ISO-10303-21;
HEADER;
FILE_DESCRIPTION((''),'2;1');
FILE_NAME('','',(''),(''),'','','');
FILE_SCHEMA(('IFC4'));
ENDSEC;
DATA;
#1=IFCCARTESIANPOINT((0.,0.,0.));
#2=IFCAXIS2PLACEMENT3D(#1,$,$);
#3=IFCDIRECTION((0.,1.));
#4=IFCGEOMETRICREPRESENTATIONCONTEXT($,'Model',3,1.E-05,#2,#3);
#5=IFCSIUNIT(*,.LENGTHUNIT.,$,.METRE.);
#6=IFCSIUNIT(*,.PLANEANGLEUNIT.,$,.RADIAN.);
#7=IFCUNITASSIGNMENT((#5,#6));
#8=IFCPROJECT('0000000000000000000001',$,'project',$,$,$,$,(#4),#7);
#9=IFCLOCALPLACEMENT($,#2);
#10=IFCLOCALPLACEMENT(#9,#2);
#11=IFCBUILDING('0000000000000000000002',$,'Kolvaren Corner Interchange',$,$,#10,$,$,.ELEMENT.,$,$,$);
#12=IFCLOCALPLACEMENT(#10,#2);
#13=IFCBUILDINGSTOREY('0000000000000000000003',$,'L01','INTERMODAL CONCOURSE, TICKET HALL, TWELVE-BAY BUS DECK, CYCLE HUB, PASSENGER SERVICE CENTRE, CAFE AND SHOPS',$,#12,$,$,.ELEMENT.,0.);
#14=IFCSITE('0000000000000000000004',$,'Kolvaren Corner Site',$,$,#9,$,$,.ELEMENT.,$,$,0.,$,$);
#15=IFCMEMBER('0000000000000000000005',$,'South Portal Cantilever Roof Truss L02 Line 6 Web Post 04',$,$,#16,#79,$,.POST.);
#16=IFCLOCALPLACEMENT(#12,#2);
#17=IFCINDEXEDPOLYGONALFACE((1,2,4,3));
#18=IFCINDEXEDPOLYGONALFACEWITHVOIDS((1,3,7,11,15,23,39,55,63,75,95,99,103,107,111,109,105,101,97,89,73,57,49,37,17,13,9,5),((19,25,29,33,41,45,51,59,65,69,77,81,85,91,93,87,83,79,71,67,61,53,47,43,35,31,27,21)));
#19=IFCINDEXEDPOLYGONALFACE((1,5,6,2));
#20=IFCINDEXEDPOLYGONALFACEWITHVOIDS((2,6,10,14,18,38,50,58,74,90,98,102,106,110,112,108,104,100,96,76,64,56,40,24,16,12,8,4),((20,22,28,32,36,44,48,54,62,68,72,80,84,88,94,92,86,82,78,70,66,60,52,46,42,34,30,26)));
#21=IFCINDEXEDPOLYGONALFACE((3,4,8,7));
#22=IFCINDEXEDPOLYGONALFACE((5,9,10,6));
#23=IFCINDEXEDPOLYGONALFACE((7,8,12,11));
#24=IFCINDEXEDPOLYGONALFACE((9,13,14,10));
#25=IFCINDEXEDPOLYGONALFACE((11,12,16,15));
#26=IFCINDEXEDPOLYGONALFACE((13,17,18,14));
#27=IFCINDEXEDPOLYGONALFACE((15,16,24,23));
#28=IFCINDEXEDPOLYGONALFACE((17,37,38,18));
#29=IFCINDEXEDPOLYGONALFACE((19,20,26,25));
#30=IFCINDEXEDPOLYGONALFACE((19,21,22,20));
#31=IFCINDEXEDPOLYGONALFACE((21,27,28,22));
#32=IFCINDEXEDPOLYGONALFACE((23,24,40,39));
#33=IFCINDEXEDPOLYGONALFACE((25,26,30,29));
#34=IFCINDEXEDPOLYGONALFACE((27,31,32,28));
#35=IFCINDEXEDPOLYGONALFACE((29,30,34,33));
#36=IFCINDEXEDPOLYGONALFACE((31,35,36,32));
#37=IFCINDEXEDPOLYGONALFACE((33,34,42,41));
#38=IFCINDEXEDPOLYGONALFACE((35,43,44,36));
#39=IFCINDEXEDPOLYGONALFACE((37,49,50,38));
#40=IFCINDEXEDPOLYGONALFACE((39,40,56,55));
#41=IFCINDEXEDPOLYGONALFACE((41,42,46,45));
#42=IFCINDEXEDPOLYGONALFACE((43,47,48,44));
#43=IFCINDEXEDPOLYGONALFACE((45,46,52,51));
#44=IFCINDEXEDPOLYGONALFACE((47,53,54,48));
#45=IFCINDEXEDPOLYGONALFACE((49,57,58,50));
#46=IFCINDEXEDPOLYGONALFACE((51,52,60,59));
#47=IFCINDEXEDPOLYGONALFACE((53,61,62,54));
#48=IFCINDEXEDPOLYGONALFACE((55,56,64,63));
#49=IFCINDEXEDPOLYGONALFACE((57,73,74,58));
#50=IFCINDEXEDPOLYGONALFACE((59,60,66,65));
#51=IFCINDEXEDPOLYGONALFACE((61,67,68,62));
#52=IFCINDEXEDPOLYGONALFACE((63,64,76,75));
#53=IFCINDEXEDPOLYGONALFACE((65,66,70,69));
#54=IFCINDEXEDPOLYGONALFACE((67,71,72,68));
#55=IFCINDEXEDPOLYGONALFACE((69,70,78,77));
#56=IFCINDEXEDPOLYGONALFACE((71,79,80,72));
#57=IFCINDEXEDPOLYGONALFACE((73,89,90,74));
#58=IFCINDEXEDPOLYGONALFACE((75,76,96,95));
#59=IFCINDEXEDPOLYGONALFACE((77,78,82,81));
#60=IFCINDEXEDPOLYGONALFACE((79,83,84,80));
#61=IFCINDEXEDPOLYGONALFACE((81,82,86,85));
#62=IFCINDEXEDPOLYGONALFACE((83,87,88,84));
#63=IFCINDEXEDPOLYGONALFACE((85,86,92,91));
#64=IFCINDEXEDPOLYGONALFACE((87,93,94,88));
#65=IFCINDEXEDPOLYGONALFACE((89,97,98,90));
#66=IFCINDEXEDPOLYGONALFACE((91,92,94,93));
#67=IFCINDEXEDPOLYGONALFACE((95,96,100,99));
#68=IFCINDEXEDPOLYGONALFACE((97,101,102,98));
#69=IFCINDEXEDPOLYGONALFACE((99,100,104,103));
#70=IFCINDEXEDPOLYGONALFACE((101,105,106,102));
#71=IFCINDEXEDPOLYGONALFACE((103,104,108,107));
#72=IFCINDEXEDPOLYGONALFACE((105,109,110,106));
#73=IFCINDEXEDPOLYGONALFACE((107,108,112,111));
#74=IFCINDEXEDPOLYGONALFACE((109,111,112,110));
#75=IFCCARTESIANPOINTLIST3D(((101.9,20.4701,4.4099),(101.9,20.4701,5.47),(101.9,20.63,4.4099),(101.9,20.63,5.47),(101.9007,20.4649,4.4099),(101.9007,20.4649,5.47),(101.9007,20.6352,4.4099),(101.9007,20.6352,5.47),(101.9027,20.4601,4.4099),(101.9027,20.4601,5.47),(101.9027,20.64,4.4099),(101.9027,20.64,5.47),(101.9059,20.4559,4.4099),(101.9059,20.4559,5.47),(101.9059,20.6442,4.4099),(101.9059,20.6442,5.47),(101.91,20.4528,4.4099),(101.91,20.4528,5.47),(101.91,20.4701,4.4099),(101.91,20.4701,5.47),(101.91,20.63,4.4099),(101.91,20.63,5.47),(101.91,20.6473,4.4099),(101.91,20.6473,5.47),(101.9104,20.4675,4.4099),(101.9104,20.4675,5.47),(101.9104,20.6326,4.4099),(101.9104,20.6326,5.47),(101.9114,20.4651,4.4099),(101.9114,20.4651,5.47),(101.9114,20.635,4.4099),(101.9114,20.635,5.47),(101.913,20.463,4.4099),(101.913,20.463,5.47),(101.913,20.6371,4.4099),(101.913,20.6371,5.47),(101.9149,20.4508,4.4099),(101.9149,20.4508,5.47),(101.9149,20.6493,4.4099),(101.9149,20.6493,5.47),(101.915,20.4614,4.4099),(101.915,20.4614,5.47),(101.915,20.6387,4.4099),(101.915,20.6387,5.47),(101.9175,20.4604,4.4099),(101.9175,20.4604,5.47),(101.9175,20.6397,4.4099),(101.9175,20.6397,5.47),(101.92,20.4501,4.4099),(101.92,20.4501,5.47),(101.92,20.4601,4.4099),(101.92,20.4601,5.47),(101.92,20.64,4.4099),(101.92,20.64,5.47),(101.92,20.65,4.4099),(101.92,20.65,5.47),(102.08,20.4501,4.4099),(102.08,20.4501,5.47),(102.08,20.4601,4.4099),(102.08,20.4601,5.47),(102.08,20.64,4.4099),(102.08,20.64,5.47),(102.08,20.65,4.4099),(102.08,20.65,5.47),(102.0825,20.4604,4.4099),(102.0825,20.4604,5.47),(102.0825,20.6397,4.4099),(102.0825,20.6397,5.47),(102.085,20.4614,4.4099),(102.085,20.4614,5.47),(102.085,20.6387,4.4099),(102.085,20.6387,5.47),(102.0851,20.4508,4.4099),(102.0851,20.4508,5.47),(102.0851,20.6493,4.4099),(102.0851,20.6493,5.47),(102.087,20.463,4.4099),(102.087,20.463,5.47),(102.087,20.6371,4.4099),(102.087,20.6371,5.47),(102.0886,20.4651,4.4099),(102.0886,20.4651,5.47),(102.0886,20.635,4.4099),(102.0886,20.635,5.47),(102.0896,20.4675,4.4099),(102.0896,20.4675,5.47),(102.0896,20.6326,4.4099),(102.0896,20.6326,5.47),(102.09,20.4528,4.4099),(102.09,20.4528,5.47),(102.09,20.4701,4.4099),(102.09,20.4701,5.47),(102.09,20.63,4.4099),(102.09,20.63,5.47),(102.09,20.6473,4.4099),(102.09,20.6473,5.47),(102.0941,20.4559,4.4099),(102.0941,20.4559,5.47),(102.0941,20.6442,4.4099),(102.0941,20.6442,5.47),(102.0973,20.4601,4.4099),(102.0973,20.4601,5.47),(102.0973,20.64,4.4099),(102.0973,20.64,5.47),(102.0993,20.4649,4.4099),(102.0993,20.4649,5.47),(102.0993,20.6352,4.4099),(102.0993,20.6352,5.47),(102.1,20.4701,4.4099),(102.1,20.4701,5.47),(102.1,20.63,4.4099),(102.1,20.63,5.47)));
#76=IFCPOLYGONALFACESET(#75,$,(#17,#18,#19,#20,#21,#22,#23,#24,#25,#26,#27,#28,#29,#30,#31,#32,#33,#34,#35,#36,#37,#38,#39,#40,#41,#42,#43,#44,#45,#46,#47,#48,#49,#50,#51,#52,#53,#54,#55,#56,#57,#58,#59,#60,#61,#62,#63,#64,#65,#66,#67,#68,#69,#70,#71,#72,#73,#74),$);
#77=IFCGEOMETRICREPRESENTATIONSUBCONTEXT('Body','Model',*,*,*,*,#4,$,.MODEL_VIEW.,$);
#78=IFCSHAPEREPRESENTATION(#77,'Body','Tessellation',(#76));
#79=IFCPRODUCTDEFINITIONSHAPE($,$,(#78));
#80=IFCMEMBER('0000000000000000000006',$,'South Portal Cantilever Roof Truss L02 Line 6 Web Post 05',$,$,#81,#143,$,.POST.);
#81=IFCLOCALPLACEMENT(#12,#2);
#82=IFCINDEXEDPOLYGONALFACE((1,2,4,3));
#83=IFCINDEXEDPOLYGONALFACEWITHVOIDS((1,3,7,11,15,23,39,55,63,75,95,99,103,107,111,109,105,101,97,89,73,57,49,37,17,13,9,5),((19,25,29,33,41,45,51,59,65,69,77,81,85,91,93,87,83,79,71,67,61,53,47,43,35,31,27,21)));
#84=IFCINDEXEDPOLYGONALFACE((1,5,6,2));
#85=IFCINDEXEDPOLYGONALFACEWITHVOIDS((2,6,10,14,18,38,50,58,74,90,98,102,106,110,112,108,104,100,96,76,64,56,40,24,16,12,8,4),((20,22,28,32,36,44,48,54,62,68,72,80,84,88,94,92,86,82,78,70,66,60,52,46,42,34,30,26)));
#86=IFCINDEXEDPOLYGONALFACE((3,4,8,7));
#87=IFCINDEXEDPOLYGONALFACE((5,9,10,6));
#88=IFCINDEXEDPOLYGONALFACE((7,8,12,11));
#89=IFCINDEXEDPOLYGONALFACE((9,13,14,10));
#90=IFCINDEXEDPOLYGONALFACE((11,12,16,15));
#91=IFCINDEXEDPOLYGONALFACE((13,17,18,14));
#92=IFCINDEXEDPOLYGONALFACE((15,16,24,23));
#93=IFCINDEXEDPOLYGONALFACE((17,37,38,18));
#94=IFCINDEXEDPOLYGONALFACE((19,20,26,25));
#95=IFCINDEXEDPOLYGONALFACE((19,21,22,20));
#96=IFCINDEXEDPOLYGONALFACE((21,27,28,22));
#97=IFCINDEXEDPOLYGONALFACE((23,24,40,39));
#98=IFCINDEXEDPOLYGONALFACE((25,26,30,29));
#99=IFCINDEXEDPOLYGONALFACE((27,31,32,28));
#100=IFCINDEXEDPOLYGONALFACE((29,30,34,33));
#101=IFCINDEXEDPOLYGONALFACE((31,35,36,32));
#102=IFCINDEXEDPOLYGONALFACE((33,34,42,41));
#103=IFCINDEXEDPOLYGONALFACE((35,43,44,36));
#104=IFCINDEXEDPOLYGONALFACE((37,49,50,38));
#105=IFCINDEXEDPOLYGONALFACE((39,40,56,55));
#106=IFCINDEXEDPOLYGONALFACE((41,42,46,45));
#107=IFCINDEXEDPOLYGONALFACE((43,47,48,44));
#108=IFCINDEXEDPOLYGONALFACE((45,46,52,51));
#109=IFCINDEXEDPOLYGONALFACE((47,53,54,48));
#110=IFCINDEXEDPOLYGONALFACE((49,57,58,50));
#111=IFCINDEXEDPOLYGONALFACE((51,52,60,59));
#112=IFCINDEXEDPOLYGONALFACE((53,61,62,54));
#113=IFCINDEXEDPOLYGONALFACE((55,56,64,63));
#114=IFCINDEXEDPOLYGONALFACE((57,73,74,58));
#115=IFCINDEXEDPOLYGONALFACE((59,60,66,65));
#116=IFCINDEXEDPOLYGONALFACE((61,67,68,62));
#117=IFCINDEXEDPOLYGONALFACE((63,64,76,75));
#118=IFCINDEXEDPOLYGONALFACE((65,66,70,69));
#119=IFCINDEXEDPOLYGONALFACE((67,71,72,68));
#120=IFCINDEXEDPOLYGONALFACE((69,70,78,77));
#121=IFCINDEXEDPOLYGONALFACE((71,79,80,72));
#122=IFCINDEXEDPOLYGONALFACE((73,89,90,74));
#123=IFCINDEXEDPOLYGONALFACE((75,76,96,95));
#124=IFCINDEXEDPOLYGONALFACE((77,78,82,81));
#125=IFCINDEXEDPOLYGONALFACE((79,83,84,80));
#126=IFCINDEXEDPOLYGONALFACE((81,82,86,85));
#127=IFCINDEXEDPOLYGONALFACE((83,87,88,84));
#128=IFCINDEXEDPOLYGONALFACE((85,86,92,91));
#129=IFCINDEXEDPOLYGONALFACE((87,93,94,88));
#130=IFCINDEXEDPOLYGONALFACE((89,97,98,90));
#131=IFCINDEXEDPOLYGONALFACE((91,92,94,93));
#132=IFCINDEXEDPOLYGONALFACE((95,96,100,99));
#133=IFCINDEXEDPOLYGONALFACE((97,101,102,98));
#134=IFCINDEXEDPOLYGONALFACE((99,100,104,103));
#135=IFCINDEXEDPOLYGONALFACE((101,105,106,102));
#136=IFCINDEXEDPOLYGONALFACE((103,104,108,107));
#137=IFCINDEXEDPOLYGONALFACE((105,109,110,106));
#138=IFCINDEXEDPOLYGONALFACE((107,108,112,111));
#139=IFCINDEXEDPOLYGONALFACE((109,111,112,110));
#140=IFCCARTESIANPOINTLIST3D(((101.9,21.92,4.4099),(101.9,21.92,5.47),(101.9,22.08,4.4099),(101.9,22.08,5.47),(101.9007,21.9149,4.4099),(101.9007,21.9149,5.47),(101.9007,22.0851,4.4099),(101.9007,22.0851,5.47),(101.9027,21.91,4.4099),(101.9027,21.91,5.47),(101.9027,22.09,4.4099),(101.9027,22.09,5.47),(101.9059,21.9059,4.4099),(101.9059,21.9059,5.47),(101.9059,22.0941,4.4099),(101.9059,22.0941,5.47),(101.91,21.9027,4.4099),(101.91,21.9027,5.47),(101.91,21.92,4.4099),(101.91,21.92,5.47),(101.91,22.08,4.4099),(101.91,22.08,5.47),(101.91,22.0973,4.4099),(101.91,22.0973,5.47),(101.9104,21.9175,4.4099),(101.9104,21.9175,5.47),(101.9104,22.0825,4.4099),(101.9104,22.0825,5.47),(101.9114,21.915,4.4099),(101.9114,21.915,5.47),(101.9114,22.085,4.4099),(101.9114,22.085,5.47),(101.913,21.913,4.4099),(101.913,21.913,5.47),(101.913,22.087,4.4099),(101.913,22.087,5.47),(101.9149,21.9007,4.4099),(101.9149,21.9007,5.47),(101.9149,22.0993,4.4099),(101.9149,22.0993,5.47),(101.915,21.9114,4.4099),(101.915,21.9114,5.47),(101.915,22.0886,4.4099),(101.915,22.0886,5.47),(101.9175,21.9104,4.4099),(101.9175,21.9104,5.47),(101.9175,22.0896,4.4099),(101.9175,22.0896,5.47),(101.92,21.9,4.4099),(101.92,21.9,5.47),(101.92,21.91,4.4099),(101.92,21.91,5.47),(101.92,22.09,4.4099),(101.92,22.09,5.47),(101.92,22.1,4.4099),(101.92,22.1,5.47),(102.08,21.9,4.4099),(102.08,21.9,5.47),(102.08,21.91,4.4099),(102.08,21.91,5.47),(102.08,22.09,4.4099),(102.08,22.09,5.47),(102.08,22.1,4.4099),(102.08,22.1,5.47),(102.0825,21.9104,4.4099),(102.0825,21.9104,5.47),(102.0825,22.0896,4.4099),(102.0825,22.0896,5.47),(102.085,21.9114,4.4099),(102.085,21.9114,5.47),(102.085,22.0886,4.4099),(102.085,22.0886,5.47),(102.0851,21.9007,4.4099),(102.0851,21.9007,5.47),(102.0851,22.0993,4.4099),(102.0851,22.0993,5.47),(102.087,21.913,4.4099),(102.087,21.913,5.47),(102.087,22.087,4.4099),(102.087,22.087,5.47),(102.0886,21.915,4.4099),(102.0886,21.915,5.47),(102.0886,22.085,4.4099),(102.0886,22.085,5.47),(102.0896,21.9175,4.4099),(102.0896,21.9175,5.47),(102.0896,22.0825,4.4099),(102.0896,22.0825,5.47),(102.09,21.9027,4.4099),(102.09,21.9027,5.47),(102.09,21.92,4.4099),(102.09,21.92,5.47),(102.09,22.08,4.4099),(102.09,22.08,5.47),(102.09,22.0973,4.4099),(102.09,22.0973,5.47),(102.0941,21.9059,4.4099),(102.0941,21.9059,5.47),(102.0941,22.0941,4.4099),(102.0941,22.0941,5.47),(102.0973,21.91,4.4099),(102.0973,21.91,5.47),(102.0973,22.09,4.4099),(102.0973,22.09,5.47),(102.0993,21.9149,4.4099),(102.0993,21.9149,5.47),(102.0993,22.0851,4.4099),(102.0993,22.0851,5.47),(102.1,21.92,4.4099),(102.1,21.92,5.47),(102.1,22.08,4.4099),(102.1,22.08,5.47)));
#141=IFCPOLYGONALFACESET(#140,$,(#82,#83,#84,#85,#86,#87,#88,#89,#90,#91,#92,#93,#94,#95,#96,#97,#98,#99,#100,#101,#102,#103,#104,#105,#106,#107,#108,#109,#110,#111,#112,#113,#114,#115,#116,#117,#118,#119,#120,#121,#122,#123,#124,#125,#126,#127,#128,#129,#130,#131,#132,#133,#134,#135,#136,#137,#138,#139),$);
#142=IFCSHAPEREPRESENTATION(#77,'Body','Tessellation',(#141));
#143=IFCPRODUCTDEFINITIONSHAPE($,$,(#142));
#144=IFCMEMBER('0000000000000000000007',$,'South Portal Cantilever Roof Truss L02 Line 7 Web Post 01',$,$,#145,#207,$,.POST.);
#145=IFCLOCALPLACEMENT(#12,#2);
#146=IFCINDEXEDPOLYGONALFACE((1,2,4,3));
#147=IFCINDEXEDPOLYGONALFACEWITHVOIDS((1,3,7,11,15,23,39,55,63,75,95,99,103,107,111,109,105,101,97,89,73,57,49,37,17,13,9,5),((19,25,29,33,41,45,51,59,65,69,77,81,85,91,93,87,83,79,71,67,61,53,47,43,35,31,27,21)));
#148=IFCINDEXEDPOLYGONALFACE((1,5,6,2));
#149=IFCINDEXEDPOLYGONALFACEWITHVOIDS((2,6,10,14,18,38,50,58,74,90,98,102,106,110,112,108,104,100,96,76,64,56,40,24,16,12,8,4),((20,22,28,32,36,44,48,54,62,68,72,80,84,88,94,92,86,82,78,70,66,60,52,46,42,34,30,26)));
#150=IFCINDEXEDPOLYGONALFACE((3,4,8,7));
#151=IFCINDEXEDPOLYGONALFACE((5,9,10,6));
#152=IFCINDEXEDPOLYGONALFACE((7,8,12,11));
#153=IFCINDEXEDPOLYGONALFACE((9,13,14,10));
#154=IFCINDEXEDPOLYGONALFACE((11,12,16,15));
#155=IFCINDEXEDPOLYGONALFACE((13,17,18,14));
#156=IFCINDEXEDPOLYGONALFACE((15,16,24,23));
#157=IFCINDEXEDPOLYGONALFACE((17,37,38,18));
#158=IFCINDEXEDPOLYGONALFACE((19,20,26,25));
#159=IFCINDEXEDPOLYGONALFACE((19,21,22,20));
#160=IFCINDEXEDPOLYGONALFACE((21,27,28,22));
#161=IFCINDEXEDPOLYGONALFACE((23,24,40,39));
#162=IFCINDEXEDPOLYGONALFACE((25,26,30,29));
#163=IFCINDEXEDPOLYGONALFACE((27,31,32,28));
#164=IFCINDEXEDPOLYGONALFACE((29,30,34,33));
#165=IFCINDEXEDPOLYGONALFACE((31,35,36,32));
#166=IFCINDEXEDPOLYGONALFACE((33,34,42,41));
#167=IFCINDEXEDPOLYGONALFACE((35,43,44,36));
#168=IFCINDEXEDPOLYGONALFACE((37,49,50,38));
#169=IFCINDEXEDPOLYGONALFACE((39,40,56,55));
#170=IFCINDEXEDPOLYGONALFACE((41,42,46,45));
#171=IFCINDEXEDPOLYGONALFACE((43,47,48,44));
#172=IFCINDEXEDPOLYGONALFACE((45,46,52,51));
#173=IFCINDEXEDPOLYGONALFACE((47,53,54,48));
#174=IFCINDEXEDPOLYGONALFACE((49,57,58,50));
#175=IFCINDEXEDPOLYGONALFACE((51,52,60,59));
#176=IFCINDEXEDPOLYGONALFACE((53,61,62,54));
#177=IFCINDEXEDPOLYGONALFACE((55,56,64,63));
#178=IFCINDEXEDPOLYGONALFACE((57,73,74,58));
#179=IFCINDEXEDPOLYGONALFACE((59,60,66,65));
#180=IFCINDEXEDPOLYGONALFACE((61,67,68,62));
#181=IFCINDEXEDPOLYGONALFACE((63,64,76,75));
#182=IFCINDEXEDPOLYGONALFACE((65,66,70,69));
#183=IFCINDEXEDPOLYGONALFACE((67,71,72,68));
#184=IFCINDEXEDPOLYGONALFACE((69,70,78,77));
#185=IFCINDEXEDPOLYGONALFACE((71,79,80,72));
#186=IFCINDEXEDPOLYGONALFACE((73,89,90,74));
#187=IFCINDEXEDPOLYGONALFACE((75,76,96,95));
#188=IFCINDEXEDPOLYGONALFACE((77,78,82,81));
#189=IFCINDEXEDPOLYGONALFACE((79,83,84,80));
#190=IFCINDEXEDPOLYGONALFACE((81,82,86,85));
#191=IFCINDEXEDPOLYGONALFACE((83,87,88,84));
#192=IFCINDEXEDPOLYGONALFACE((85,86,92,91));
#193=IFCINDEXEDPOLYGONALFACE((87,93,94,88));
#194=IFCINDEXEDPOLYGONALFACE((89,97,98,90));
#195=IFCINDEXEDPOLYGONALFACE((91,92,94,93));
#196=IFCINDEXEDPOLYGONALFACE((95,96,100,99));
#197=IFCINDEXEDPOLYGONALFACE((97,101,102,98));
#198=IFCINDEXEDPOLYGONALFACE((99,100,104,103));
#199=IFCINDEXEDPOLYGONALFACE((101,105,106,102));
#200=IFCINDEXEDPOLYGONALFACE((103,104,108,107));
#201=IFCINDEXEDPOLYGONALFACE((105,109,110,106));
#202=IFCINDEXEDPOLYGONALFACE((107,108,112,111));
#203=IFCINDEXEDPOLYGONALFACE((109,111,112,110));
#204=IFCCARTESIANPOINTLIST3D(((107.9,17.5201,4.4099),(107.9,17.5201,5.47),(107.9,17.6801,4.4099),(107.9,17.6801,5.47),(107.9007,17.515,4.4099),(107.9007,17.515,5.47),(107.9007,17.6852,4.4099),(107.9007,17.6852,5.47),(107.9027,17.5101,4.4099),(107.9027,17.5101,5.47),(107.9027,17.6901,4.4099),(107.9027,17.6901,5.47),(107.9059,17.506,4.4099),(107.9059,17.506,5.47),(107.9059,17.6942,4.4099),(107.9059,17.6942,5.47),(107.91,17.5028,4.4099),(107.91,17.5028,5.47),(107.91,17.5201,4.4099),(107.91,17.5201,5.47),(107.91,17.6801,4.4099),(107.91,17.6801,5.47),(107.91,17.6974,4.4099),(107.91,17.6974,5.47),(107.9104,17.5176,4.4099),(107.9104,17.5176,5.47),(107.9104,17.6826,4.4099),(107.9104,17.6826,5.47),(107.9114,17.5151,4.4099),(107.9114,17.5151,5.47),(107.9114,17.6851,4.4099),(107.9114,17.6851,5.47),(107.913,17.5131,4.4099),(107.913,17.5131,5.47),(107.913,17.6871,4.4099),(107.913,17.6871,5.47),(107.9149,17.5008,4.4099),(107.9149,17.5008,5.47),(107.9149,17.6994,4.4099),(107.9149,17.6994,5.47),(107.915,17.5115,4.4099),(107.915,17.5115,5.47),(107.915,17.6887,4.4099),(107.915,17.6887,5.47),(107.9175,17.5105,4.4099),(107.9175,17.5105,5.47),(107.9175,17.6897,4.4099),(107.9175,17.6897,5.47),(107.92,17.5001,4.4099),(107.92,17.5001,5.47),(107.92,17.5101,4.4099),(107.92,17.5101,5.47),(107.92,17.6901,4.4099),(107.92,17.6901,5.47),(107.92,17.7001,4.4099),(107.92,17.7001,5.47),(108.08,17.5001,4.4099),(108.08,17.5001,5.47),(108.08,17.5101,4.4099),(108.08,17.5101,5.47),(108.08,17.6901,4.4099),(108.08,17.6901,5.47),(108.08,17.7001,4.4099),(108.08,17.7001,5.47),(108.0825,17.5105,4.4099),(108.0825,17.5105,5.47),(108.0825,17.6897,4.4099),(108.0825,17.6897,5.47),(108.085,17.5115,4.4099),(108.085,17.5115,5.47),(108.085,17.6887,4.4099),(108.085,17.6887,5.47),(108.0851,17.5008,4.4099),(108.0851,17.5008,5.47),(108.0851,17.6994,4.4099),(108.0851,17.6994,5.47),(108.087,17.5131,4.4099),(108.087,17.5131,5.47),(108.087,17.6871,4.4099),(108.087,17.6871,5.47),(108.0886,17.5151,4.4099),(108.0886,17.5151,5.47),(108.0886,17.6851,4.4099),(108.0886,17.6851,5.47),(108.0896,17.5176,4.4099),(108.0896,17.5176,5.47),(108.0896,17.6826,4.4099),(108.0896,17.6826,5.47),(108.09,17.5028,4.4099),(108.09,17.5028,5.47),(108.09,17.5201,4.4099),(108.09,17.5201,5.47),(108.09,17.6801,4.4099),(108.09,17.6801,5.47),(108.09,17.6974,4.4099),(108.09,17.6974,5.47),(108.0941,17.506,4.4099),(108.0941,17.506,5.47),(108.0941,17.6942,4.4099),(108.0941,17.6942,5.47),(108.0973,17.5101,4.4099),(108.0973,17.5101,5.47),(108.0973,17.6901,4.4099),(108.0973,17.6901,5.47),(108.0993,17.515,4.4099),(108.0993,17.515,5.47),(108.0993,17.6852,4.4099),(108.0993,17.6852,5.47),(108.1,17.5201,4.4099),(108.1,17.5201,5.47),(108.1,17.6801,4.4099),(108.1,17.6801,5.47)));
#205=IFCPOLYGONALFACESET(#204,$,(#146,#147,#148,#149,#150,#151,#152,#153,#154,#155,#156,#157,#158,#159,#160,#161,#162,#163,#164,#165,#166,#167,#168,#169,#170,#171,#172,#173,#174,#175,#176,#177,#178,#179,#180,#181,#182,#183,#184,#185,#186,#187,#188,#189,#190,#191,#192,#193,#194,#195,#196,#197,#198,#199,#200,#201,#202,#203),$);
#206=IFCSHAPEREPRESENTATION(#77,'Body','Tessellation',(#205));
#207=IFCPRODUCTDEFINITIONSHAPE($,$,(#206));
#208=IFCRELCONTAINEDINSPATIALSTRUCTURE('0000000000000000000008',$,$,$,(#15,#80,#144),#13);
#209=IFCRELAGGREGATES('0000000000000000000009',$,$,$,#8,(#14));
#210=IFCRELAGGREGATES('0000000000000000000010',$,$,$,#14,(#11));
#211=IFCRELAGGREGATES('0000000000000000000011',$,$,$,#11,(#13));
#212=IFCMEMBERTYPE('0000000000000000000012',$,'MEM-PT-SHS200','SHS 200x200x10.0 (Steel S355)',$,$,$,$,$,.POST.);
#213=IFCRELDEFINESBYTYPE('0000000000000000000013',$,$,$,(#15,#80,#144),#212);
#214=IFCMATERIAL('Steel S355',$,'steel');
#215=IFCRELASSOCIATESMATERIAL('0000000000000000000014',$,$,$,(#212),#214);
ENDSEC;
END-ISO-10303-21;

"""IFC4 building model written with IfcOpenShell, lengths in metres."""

from ifc_helpers import new_model, si_unit, direction, frame, origin, origin_2d, place, context, subcontext, project, spatial, hollow_rectangle, extrude, material, material_profile, profile_set, type_object, element, save


model = new_model("IFC4")

# Units and contexts
model_context = context("Model", 3, precision=1e-05, world=origin(), true_north=direction((0.0, 1.0)))
body_context = subcontext(model_context, "Body", "Model", "MODEL_VIEW")
ifc_project = project(units=[si_unit("LENGTHUNIT", "METRE"), si_unit("PLANEANGLEUNIT", "RADIAN")], contexts=[model_context])

# Site, building, storey
site_placement = place(None, origin())
site = spatial("IfcSite", under=ifc_project, at=site_placement, Name="Kolvaren Corner Site", CompositionType="ELEMENT", RefElevation=0.0)
building_placement = place(site_placement, origin())
building = spatial("IfcBuilding", under=site, at=building_placement, Name="Kolvaren Corner Interchange", CompositionType="ELEMENT")
storey_placement = place(building_placement, origin())
storey = spatial("IfcBuildingStorey", under=building, at=storey_placement, Name="L01", Description="INTERMODAL CONCOURSE, TICKET HALL, TWELVE-BAY BUS DECK, CYCLE HUB, PASSENGER SERVICE CENTRE, CAFE AND SHOPS", CompositionType="ELEMENT", Elevation=0.0)

# Members
ifc_material_1 = material(Name="Steel S355", Category="steel")
ifc_material_profile_1 = material_profile(ifc_material_1, hollow_rectangle(XDim=0.2, YDim=0.2, WallThickness=0.01, InnerFilletRadius=0.01, OuterFilletRadius=0.02, at=origin_2d()), Name="SHS 200x200x10.0")
ifc_profile_set_1 = profile_set([ifc_material_profile_1], Name="Steel S355")
member_type_1 = type_object("IfcMemberType", Name="MEM-PT-SHS200", Description="SHS 200x200x10.0 (Steel S355)", PredefinedType="POST", material=ifc_profile_set_1)
for number, where, z_axis, x_axis, name in (
    (1, (102.0, 20.55, 4.4099), (0.0, 0.0, 1.0), (1.0, 0.0, 0.0), "South Portal Cantilever Roof Truss L02 Line 6 Web Post 04"),
    (2, (102.0, 22.0, 4.4099), (0.0, 0.0, 1.0), (1.0, 0.0, 0.0), "South Portal Cantilever Roof Truss L02 Line 6 Web Post 05"),
    (3, (108.0, 17.6001, 4.4099), (0.0, 0.0, 1.0), (1.0, 0.0, 0.0), "South Portal Cantilever Roof Truss L02 Line 7 Web Post 01"),
):
    element("IfcMember", number, at=place(storey_placement, frame(where, z_axis=z_axis, x_axis=x_axis)), inside=storey, type_object=member_type_1, Name=name, PredefinedType="POST", context=body_context, shape_type="SweptSolid", body=[
        extrude(hollow_rectangle(XDim=0.2, YDim=0.2, WallThickness=0.01, InnerFilletRadius=0.01, OuterFilletRadius=0.02, at=origin_2d()), origin(), (0.0, 0.0, 1.0), 1.0601),
    ])

save(model, "model.ifc")
